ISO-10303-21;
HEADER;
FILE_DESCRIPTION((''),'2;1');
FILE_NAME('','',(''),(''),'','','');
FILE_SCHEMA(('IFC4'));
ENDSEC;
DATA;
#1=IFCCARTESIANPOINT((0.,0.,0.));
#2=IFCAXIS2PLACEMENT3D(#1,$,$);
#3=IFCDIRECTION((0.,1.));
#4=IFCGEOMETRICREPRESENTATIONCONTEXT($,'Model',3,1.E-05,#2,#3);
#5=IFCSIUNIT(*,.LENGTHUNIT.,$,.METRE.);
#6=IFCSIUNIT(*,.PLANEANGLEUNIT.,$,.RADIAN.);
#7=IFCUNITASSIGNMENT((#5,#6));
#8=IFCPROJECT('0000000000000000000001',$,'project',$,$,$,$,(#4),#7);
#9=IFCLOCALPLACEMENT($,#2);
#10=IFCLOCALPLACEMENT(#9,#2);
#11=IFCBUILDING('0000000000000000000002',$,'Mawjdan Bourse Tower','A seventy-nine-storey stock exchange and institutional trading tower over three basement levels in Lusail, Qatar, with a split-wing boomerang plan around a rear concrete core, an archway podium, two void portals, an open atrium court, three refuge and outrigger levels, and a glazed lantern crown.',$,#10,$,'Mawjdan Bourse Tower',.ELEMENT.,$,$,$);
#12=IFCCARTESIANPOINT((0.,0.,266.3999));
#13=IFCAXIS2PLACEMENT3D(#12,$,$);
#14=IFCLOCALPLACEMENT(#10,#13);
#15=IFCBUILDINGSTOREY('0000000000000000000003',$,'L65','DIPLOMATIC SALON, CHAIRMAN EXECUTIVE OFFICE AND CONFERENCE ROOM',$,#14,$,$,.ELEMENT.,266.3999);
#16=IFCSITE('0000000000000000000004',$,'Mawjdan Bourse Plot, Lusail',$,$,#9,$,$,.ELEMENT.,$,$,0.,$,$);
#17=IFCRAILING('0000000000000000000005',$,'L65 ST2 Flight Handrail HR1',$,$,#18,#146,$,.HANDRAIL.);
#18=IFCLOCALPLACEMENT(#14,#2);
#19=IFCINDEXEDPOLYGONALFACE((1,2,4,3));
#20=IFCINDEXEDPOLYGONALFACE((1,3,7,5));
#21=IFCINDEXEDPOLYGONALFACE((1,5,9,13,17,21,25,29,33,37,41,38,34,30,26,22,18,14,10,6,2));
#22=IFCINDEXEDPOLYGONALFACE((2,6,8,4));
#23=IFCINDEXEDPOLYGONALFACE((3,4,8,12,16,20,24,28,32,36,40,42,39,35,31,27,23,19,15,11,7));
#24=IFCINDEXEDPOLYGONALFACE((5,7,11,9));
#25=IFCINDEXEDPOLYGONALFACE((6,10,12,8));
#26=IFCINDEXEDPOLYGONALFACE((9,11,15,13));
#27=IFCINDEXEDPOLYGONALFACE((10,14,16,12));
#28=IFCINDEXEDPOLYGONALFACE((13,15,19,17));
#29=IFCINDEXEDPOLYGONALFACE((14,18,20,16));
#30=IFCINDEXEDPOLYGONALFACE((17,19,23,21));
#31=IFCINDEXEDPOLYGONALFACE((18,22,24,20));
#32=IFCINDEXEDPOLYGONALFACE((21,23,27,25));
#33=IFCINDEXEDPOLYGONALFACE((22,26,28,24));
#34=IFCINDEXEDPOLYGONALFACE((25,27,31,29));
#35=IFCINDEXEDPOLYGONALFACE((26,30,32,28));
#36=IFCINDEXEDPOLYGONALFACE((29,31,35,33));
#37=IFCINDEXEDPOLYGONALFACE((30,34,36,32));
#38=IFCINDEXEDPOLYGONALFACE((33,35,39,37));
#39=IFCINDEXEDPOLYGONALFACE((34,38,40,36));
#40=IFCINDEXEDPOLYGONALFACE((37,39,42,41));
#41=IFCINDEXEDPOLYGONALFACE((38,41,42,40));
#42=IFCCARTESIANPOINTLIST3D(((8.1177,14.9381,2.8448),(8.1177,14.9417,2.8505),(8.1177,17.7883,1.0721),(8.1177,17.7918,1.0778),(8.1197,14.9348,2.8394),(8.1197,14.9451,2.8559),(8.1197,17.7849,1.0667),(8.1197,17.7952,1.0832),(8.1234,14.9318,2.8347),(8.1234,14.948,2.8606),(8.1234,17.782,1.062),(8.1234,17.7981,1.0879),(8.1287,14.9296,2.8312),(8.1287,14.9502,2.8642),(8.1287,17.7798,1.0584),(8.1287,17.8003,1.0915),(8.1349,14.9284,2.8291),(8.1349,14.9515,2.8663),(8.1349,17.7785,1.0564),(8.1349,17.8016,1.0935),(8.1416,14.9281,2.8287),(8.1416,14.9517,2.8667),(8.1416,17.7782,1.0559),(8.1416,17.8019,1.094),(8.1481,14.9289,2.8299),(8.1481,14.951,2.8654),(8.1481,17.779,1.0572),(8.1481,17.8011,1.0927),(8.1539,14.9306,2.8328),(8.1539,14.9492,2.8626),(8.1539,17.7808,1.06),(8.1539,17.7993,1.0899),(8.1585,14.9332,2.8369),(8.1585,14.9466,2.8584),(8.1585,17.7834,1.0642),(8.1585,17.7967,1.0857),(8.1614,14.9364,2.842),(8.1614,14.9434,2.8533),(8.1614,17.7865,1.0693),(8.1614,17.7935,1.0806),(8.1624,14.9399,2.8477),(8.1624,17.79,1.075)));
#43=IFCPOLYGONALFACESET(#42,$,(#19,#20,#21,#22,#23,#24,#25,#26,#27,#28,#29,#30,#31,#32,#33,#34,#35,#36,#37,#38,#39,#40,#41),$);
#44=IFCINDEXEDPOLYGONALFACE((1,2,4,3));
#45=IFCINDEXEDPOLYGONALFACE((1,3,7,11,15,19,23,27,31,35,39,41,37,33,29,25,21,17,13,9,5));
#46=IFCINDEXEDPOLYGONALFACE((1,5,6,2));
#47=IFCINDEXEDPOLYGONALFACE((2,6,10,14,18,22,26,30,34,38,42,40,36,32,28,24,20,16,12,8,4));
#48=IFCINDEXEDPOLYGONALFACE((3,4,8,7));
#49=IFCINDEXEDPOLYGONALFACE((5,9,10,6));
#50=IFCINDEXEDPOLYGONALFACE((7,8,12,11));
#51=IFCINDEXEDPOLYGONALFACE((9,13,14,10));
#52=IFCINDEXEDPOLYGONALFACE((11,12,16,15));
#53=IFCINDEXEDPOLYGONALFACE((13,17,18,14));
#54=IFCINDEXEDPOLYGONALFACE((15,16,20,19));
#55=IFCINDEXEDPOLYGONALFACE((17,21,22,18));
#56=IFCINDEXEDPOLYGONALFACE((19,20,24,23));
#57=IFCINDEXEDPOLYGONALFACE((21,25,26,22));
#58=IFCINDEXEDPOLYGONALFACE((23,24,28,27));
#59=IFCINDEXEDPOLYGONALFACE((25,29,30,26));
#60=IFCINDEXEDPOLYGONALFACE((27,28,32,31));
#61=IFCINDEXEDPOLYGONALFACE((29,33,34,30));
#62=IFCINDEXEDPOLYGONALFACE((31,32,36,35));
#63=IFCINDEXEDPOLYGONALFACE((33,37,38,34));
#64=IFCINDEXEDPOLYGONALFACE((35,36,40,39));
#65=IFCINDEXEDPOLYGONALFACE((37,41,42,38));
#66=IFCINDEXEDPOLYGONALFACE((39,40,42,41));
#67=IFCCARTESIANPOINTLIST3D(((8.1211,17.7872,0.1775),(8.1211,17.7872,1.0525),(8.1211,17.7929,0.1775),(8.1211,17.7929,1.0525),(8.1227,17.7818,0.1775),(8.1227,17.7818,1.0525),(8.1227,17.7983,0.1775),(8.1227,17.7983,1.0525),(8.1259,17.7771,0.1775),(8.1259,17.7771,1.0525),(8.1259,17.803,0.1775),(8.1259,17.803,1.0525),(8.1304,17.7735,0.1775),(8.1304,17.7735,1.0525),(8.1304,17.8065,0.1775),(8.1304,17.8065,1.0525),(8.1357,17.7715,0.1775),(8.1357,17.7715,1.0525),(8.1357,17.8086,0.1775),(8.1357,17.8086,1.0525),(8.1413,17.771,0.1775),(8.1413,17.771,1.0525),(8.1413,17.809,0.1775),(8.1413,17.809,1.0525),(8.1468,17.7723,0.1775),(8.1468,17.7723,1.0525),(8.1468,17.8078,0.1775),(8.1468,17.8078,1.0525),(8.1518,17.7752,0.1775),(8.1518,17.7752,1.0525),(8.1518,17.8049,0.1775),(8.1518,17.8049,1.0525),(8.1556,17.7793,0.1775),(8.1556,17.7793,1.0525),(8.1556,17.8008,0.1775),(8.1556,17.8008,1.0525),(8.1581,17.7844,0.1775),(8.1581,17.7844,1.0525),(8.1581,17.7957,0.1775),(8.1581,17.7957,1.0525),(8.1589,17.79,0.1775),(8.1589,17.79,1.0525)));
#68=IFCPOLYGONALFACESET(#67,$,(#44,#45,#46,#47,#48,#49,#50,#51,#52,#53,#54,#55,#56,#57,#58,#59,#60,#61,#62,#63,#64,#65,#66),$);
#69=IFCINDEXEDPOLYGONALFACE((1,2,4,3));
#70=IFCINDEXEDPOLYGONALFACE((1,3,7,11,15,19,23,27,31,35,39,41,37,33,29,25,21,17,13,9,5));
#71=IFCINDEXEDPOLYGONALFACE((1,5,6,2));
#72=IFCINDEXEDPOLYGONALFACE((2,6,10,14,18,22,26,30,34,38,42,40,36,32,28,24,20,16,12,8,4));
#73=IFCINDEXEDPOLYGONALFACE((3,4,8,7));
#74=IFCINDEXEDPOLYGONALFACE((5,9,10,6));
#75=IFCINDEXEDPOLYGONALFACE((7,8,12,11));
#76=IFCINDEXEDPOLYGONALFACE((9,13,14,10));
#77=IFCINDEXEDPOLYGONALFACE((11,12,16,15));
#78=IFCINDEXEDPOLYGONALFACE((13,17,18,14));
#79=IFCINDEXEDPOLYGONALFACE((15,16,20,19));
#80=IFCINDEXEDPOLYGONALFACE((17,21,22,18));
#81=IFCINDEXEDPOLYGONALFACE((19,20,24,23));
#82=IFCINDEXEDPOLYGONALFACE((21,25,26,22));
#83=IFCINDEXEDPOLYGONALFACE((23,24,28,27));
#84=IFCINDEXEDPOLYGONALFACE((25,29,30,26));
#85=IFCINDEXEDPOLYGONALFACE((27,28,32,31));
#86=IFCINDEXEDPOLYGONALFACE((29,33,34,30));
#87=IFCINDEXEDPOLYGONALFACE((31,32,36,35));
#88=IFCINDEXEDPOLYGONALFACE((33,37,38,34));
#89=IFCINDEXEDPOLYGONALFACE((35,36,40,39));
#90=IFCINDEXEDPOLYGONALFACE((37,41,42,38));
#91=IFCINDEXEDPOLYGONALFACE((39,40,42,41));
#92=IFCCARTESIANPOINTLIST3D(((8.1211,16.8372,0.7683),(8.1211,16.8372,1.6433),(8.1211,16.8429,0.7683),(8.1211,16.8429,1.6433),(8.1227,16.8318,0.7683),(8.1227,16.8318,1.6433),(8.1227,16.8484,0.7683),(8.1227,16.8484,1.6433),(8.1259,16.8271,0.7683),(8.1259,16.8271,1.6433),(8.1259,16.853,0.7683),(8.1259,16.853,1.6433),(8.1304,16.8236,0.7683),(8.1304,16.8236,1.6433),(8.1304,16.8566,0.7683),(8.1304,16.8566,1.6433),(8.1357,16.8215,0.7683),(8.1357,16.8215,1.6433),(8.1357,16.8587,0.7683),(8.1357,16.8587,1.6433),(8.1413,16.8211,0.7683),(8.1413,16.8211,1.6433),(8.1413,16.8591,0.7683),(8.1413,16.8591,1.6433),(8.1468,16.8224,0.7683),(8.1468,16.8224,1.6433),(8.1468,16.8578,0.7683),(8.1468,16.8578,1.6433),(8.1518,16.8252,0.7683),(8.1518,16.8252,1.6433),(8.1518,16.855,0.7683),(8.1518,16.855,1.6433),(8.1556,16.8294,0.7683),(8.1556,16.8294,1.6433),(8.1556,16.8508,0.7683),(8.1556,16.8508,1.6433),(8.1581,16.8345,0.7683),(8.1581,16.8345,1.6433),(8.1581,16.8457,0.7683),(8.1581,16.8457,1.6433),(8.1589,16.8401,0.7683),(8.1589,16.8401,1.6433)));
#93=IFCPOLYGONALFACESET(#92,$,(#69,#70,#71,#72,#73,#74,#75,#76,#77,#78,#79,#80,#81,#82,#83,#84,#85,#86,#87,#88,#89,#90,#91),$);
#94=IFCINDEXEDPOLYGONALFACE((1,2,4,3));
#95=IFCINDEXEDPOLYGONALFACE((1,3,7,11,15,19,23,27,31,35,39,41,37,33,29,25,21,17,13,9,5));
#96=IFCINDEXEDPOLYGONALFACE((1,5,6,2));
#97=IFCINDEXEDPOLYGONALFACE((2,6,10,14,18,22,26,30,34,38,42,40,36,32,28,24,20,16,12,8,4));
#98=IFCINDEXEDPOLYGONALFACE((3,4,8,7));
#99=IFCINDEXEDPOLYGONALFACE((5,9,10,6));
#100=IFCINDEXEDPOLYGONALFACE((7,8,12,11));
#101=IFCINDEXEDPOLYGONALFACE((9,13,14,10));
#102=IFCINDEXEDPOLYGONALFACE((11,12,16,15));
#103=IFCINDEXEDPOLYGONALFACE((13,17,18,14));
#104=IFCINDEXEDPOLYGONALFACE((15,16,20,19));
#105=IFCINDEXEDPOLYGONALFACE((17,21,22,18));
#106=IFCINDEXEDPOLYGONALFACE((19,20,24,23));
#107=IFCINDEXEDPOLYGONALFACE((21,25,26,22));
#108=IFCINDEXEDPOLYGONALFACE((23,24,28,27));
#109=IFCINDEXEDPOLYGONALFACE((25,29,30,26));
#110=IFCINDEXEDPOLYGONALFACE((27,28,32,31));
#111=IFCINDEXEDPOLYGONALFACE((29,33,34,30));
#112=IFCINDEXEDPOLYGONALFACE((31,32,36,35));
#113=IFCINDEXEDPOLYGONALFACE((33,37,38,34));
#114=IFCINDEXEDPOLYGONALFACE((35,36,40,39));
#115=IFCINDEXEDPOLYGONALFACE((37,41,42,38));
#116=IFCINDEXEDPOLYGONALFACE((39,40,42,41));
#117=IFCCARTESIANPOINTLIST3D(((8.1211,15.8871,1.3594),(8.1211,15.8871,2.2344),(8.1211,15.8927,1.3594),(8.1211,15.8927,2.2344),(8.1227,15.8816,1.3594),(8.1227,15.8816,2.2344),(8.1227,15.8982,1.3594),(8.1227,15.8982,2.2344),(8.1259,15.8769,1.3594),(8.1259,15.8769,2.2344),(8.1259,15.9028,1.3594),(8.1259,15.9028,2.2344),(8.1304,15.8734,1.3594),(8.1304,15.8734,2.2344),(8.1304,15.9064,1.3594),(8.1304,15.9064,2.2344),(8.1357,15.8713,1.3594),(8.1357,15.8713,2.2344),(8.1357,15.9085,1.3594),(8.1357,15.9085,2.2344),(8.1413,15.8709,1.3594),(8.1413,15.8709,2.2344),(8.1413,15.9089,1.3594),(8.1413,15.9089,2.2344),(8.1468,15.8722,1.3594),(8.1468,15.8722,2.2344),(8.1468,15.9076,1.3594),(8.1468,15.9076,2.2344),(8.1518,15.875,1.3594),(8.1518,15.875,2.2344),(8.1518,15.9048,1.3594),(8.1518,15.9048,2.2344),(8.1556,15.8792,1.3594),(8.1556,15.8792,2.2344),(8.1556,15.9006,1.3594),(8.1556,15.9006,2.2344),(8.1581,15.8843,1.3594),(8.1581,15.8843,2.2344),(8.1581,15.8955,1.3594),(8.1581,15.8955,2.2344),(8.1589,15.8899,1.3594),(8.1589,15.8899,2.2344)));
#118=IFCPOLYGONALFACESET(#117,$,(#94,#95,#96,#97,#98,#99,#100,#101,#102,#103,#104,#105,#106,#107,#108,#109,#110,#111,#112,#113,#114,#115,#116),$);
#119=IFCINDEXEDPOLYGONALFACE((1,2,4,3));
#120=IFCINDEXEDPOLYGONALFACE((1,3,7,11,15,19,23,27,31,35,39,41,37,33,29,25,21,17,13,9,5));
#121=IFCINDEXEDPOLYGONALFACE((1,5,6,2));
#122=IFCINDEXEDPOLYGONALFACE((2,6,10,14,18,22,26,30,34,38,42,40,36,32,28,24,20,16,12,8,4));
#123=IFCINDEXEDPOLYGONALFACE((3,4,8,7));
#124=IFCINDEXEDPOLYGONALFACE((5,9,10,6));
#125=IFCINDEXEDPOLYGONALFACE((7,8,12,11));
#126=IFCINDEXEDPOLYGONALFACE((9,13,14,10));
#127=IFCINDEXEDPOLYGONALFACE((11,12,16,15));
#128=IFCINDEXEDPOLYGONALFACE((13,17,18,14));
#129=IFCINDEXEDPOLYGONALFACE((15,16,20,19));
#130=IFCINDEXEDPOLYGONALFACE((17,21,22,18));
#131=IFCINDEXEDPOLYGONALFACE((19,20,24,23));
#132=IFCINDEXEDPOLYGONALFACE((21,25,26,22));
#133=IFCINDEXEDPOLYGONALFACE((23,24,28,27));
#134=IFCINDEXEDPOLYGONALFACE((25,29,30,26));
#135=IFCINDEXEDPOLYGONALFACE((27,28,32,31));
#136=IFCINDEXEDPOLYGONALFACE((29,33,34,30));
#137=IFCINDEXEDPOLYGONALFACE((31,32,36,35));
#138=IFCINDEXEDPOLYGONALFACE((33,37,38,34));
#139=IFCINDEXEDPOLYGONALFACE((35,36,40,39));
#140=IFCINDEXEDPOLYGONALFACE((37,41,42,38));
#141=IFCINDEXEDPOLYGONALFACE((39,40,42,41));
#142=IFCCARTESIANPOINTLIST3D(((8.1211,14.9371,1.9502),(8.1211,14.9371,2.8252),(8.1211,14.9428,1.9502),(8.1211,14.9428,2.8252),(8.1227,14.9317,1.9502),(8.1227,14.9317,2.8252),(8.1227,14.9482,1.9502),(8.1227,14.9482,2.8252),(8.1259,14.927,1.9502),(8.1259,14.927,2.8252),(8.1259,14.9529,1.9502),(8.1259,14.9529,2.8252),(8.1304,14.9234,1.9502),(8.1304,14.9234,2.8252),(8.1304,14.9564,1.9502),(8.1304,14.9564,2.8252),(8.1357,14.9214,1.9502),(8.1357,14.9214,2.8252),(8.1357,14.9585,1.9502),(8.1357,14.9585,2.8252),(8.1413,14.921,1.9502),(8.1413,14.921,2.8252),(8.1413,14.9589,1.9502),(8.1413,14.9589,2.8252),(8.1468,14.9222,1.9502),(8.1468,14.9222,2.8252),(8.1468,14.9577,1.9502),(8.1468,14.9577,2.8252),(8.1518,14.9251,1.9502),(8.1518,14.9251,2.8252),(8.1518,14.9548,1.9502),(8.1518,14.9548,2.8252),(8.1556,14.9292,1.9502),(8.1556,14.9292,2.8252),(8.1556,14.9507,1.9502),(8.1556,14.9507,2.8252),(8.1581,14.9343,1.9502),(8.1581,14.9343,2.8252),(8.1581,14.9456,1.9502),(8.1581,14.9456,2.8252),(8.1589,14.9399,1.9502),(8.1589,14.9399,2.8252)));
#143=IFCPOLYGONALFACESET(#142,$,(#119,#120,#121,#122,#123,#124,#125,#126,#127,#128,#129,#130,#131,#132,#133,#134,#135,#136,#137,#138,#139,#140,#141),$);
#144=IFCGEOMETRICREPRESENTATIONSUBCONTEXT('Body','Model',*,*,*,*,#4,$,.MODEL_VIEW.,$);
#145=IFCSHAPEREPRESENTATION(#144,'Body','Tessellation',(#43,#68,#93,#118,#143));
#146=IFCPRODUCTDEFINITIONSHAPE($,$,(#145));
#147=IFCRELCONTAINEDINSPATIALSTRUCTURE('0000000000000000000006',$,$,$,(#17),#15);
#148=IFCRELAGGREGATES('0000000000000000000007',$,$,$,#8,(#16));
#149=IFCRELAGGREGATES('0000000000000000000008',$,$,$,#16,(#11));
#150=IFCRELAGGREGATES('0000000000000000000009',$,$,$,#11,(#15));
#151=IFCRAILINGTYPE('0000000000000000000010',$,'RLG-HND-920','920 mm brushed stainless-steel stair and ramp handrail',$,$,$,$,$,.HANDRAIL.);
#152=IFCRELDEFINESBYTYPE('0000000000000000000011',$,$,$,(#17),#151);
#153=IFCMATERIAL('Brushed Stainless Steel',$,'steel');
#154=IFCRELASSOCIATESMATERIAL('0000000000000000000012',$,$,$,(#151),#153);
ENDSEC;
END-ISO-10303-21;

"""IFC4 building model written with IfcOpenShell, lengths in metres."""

from ifc_helpers import new_model, si_unit, direction, frame, origin, origin_2d, place, context, subcontext, project, spatial, circle, extrude, material, type_object, element, save


model = new_model("IFC4")

# Units and contexts
model_context = context("Model", 3, precision=1e-05, world=origin(), true_north=direction((0.0, 1.0)))
body_context = subcontext(model_context, "Body", "Model", "MODEL_VIEW")
ifc_project = project(units=[si_unit("LENGTHUNIT", "METRE"), si_unit("PLANEANGLEUNIT", "RADIAN")], contexts=[model_context])

# Site, building, storey
site_placement = place(None, origin())
site = spatial("IfcSite", under=ifc_project, at=site_placement, Name="Mawjdan Bourse Plot, Lusail", CompositionType="ELEMENT", RefElevation=0.0)
building_placement = place(site_placement, origin())
building = spatial("IfcBuilding", under=site, at=building_placement, Name="Mawjdan Bourse Tower", Description="A seventy-nine-storey stock exchange and institutional trading tower over three basement levels in Lusail, Qatar, with a split-wing boomerang plan around a rear concrete core, an archway podium, two void portals, an open atrium court, three refuge and outrigger levels, and a glazed lantern crown.", LongName="Mawjdan Bourse Tower", CompositionType="ELEMENT")
storey_placement = place(building_placement, frame((0.0, 0.0, 266.3999)))
storey = spatial("IfcBuildingStorey", under=building, at=storey_placement, Name="L65", Description="DIPLOMATIC SALON, CHAIRMAN EXECUTIVE OFFICE AND CONFERENCE ROOM", CompositionType="ELEMENT", Elevation=266.3999)

# Railing
ifc_material_1 = material(Name="Brushed Stainless Steel", Category="steel")
railing_type_1 = type_object("IfcRailingType", Name="RLG-HND-920", Description="920 mm brushed stainless-steel stair and ramp handrail", PredefinedType="HANDRAIL", material=ifc_material_1)
for number, where, name in (
    (1, (8.1399, 17.79, 0.1775), "L65 ST2 Flight Handrail HR1"),
):
    element("IfcRailing", number, at=place(storey_placement, frame(where)), inside=storey, type_object=railing_type_1, Name=name, PredefinedType="HANDRAIL", context=body_context, shape_type="SweptSolid", body=[
        extrude(circle(Radius=0.0225, at=origin_2d()), frame((0.0, 0.0, 0.8975), z_axis=(0.0, -0.849149, 0.528154), x_axis=(1.0, 0.0, 0.0)), (0.0, 0.0, 1.0), 3.3564),
        extrude(circle(Radius=0.019, at=origin_2d()), origin(), (0.0, 0.0, 1.0), 0.875),
        extrude(circle(Radius=0.019, at=origin_2d()), frame((0.0, -0.95, 0.5908)), (0.0, 0.0, 1.0), 0.875),
        extrude(circle(Radius=0.019, at=origin_2d()), frame((0.0, -1.9001, 1.1819)), (0.0, 0.0, 1.0), 0.875),
        extrude(circle(Radius=0.019, at=origin_2d()), frame((0.0, -2.8501, 1.7727)), (0.0, 0.0, 1.0), 0.875),
    ])

save(model, "model.ifc")
